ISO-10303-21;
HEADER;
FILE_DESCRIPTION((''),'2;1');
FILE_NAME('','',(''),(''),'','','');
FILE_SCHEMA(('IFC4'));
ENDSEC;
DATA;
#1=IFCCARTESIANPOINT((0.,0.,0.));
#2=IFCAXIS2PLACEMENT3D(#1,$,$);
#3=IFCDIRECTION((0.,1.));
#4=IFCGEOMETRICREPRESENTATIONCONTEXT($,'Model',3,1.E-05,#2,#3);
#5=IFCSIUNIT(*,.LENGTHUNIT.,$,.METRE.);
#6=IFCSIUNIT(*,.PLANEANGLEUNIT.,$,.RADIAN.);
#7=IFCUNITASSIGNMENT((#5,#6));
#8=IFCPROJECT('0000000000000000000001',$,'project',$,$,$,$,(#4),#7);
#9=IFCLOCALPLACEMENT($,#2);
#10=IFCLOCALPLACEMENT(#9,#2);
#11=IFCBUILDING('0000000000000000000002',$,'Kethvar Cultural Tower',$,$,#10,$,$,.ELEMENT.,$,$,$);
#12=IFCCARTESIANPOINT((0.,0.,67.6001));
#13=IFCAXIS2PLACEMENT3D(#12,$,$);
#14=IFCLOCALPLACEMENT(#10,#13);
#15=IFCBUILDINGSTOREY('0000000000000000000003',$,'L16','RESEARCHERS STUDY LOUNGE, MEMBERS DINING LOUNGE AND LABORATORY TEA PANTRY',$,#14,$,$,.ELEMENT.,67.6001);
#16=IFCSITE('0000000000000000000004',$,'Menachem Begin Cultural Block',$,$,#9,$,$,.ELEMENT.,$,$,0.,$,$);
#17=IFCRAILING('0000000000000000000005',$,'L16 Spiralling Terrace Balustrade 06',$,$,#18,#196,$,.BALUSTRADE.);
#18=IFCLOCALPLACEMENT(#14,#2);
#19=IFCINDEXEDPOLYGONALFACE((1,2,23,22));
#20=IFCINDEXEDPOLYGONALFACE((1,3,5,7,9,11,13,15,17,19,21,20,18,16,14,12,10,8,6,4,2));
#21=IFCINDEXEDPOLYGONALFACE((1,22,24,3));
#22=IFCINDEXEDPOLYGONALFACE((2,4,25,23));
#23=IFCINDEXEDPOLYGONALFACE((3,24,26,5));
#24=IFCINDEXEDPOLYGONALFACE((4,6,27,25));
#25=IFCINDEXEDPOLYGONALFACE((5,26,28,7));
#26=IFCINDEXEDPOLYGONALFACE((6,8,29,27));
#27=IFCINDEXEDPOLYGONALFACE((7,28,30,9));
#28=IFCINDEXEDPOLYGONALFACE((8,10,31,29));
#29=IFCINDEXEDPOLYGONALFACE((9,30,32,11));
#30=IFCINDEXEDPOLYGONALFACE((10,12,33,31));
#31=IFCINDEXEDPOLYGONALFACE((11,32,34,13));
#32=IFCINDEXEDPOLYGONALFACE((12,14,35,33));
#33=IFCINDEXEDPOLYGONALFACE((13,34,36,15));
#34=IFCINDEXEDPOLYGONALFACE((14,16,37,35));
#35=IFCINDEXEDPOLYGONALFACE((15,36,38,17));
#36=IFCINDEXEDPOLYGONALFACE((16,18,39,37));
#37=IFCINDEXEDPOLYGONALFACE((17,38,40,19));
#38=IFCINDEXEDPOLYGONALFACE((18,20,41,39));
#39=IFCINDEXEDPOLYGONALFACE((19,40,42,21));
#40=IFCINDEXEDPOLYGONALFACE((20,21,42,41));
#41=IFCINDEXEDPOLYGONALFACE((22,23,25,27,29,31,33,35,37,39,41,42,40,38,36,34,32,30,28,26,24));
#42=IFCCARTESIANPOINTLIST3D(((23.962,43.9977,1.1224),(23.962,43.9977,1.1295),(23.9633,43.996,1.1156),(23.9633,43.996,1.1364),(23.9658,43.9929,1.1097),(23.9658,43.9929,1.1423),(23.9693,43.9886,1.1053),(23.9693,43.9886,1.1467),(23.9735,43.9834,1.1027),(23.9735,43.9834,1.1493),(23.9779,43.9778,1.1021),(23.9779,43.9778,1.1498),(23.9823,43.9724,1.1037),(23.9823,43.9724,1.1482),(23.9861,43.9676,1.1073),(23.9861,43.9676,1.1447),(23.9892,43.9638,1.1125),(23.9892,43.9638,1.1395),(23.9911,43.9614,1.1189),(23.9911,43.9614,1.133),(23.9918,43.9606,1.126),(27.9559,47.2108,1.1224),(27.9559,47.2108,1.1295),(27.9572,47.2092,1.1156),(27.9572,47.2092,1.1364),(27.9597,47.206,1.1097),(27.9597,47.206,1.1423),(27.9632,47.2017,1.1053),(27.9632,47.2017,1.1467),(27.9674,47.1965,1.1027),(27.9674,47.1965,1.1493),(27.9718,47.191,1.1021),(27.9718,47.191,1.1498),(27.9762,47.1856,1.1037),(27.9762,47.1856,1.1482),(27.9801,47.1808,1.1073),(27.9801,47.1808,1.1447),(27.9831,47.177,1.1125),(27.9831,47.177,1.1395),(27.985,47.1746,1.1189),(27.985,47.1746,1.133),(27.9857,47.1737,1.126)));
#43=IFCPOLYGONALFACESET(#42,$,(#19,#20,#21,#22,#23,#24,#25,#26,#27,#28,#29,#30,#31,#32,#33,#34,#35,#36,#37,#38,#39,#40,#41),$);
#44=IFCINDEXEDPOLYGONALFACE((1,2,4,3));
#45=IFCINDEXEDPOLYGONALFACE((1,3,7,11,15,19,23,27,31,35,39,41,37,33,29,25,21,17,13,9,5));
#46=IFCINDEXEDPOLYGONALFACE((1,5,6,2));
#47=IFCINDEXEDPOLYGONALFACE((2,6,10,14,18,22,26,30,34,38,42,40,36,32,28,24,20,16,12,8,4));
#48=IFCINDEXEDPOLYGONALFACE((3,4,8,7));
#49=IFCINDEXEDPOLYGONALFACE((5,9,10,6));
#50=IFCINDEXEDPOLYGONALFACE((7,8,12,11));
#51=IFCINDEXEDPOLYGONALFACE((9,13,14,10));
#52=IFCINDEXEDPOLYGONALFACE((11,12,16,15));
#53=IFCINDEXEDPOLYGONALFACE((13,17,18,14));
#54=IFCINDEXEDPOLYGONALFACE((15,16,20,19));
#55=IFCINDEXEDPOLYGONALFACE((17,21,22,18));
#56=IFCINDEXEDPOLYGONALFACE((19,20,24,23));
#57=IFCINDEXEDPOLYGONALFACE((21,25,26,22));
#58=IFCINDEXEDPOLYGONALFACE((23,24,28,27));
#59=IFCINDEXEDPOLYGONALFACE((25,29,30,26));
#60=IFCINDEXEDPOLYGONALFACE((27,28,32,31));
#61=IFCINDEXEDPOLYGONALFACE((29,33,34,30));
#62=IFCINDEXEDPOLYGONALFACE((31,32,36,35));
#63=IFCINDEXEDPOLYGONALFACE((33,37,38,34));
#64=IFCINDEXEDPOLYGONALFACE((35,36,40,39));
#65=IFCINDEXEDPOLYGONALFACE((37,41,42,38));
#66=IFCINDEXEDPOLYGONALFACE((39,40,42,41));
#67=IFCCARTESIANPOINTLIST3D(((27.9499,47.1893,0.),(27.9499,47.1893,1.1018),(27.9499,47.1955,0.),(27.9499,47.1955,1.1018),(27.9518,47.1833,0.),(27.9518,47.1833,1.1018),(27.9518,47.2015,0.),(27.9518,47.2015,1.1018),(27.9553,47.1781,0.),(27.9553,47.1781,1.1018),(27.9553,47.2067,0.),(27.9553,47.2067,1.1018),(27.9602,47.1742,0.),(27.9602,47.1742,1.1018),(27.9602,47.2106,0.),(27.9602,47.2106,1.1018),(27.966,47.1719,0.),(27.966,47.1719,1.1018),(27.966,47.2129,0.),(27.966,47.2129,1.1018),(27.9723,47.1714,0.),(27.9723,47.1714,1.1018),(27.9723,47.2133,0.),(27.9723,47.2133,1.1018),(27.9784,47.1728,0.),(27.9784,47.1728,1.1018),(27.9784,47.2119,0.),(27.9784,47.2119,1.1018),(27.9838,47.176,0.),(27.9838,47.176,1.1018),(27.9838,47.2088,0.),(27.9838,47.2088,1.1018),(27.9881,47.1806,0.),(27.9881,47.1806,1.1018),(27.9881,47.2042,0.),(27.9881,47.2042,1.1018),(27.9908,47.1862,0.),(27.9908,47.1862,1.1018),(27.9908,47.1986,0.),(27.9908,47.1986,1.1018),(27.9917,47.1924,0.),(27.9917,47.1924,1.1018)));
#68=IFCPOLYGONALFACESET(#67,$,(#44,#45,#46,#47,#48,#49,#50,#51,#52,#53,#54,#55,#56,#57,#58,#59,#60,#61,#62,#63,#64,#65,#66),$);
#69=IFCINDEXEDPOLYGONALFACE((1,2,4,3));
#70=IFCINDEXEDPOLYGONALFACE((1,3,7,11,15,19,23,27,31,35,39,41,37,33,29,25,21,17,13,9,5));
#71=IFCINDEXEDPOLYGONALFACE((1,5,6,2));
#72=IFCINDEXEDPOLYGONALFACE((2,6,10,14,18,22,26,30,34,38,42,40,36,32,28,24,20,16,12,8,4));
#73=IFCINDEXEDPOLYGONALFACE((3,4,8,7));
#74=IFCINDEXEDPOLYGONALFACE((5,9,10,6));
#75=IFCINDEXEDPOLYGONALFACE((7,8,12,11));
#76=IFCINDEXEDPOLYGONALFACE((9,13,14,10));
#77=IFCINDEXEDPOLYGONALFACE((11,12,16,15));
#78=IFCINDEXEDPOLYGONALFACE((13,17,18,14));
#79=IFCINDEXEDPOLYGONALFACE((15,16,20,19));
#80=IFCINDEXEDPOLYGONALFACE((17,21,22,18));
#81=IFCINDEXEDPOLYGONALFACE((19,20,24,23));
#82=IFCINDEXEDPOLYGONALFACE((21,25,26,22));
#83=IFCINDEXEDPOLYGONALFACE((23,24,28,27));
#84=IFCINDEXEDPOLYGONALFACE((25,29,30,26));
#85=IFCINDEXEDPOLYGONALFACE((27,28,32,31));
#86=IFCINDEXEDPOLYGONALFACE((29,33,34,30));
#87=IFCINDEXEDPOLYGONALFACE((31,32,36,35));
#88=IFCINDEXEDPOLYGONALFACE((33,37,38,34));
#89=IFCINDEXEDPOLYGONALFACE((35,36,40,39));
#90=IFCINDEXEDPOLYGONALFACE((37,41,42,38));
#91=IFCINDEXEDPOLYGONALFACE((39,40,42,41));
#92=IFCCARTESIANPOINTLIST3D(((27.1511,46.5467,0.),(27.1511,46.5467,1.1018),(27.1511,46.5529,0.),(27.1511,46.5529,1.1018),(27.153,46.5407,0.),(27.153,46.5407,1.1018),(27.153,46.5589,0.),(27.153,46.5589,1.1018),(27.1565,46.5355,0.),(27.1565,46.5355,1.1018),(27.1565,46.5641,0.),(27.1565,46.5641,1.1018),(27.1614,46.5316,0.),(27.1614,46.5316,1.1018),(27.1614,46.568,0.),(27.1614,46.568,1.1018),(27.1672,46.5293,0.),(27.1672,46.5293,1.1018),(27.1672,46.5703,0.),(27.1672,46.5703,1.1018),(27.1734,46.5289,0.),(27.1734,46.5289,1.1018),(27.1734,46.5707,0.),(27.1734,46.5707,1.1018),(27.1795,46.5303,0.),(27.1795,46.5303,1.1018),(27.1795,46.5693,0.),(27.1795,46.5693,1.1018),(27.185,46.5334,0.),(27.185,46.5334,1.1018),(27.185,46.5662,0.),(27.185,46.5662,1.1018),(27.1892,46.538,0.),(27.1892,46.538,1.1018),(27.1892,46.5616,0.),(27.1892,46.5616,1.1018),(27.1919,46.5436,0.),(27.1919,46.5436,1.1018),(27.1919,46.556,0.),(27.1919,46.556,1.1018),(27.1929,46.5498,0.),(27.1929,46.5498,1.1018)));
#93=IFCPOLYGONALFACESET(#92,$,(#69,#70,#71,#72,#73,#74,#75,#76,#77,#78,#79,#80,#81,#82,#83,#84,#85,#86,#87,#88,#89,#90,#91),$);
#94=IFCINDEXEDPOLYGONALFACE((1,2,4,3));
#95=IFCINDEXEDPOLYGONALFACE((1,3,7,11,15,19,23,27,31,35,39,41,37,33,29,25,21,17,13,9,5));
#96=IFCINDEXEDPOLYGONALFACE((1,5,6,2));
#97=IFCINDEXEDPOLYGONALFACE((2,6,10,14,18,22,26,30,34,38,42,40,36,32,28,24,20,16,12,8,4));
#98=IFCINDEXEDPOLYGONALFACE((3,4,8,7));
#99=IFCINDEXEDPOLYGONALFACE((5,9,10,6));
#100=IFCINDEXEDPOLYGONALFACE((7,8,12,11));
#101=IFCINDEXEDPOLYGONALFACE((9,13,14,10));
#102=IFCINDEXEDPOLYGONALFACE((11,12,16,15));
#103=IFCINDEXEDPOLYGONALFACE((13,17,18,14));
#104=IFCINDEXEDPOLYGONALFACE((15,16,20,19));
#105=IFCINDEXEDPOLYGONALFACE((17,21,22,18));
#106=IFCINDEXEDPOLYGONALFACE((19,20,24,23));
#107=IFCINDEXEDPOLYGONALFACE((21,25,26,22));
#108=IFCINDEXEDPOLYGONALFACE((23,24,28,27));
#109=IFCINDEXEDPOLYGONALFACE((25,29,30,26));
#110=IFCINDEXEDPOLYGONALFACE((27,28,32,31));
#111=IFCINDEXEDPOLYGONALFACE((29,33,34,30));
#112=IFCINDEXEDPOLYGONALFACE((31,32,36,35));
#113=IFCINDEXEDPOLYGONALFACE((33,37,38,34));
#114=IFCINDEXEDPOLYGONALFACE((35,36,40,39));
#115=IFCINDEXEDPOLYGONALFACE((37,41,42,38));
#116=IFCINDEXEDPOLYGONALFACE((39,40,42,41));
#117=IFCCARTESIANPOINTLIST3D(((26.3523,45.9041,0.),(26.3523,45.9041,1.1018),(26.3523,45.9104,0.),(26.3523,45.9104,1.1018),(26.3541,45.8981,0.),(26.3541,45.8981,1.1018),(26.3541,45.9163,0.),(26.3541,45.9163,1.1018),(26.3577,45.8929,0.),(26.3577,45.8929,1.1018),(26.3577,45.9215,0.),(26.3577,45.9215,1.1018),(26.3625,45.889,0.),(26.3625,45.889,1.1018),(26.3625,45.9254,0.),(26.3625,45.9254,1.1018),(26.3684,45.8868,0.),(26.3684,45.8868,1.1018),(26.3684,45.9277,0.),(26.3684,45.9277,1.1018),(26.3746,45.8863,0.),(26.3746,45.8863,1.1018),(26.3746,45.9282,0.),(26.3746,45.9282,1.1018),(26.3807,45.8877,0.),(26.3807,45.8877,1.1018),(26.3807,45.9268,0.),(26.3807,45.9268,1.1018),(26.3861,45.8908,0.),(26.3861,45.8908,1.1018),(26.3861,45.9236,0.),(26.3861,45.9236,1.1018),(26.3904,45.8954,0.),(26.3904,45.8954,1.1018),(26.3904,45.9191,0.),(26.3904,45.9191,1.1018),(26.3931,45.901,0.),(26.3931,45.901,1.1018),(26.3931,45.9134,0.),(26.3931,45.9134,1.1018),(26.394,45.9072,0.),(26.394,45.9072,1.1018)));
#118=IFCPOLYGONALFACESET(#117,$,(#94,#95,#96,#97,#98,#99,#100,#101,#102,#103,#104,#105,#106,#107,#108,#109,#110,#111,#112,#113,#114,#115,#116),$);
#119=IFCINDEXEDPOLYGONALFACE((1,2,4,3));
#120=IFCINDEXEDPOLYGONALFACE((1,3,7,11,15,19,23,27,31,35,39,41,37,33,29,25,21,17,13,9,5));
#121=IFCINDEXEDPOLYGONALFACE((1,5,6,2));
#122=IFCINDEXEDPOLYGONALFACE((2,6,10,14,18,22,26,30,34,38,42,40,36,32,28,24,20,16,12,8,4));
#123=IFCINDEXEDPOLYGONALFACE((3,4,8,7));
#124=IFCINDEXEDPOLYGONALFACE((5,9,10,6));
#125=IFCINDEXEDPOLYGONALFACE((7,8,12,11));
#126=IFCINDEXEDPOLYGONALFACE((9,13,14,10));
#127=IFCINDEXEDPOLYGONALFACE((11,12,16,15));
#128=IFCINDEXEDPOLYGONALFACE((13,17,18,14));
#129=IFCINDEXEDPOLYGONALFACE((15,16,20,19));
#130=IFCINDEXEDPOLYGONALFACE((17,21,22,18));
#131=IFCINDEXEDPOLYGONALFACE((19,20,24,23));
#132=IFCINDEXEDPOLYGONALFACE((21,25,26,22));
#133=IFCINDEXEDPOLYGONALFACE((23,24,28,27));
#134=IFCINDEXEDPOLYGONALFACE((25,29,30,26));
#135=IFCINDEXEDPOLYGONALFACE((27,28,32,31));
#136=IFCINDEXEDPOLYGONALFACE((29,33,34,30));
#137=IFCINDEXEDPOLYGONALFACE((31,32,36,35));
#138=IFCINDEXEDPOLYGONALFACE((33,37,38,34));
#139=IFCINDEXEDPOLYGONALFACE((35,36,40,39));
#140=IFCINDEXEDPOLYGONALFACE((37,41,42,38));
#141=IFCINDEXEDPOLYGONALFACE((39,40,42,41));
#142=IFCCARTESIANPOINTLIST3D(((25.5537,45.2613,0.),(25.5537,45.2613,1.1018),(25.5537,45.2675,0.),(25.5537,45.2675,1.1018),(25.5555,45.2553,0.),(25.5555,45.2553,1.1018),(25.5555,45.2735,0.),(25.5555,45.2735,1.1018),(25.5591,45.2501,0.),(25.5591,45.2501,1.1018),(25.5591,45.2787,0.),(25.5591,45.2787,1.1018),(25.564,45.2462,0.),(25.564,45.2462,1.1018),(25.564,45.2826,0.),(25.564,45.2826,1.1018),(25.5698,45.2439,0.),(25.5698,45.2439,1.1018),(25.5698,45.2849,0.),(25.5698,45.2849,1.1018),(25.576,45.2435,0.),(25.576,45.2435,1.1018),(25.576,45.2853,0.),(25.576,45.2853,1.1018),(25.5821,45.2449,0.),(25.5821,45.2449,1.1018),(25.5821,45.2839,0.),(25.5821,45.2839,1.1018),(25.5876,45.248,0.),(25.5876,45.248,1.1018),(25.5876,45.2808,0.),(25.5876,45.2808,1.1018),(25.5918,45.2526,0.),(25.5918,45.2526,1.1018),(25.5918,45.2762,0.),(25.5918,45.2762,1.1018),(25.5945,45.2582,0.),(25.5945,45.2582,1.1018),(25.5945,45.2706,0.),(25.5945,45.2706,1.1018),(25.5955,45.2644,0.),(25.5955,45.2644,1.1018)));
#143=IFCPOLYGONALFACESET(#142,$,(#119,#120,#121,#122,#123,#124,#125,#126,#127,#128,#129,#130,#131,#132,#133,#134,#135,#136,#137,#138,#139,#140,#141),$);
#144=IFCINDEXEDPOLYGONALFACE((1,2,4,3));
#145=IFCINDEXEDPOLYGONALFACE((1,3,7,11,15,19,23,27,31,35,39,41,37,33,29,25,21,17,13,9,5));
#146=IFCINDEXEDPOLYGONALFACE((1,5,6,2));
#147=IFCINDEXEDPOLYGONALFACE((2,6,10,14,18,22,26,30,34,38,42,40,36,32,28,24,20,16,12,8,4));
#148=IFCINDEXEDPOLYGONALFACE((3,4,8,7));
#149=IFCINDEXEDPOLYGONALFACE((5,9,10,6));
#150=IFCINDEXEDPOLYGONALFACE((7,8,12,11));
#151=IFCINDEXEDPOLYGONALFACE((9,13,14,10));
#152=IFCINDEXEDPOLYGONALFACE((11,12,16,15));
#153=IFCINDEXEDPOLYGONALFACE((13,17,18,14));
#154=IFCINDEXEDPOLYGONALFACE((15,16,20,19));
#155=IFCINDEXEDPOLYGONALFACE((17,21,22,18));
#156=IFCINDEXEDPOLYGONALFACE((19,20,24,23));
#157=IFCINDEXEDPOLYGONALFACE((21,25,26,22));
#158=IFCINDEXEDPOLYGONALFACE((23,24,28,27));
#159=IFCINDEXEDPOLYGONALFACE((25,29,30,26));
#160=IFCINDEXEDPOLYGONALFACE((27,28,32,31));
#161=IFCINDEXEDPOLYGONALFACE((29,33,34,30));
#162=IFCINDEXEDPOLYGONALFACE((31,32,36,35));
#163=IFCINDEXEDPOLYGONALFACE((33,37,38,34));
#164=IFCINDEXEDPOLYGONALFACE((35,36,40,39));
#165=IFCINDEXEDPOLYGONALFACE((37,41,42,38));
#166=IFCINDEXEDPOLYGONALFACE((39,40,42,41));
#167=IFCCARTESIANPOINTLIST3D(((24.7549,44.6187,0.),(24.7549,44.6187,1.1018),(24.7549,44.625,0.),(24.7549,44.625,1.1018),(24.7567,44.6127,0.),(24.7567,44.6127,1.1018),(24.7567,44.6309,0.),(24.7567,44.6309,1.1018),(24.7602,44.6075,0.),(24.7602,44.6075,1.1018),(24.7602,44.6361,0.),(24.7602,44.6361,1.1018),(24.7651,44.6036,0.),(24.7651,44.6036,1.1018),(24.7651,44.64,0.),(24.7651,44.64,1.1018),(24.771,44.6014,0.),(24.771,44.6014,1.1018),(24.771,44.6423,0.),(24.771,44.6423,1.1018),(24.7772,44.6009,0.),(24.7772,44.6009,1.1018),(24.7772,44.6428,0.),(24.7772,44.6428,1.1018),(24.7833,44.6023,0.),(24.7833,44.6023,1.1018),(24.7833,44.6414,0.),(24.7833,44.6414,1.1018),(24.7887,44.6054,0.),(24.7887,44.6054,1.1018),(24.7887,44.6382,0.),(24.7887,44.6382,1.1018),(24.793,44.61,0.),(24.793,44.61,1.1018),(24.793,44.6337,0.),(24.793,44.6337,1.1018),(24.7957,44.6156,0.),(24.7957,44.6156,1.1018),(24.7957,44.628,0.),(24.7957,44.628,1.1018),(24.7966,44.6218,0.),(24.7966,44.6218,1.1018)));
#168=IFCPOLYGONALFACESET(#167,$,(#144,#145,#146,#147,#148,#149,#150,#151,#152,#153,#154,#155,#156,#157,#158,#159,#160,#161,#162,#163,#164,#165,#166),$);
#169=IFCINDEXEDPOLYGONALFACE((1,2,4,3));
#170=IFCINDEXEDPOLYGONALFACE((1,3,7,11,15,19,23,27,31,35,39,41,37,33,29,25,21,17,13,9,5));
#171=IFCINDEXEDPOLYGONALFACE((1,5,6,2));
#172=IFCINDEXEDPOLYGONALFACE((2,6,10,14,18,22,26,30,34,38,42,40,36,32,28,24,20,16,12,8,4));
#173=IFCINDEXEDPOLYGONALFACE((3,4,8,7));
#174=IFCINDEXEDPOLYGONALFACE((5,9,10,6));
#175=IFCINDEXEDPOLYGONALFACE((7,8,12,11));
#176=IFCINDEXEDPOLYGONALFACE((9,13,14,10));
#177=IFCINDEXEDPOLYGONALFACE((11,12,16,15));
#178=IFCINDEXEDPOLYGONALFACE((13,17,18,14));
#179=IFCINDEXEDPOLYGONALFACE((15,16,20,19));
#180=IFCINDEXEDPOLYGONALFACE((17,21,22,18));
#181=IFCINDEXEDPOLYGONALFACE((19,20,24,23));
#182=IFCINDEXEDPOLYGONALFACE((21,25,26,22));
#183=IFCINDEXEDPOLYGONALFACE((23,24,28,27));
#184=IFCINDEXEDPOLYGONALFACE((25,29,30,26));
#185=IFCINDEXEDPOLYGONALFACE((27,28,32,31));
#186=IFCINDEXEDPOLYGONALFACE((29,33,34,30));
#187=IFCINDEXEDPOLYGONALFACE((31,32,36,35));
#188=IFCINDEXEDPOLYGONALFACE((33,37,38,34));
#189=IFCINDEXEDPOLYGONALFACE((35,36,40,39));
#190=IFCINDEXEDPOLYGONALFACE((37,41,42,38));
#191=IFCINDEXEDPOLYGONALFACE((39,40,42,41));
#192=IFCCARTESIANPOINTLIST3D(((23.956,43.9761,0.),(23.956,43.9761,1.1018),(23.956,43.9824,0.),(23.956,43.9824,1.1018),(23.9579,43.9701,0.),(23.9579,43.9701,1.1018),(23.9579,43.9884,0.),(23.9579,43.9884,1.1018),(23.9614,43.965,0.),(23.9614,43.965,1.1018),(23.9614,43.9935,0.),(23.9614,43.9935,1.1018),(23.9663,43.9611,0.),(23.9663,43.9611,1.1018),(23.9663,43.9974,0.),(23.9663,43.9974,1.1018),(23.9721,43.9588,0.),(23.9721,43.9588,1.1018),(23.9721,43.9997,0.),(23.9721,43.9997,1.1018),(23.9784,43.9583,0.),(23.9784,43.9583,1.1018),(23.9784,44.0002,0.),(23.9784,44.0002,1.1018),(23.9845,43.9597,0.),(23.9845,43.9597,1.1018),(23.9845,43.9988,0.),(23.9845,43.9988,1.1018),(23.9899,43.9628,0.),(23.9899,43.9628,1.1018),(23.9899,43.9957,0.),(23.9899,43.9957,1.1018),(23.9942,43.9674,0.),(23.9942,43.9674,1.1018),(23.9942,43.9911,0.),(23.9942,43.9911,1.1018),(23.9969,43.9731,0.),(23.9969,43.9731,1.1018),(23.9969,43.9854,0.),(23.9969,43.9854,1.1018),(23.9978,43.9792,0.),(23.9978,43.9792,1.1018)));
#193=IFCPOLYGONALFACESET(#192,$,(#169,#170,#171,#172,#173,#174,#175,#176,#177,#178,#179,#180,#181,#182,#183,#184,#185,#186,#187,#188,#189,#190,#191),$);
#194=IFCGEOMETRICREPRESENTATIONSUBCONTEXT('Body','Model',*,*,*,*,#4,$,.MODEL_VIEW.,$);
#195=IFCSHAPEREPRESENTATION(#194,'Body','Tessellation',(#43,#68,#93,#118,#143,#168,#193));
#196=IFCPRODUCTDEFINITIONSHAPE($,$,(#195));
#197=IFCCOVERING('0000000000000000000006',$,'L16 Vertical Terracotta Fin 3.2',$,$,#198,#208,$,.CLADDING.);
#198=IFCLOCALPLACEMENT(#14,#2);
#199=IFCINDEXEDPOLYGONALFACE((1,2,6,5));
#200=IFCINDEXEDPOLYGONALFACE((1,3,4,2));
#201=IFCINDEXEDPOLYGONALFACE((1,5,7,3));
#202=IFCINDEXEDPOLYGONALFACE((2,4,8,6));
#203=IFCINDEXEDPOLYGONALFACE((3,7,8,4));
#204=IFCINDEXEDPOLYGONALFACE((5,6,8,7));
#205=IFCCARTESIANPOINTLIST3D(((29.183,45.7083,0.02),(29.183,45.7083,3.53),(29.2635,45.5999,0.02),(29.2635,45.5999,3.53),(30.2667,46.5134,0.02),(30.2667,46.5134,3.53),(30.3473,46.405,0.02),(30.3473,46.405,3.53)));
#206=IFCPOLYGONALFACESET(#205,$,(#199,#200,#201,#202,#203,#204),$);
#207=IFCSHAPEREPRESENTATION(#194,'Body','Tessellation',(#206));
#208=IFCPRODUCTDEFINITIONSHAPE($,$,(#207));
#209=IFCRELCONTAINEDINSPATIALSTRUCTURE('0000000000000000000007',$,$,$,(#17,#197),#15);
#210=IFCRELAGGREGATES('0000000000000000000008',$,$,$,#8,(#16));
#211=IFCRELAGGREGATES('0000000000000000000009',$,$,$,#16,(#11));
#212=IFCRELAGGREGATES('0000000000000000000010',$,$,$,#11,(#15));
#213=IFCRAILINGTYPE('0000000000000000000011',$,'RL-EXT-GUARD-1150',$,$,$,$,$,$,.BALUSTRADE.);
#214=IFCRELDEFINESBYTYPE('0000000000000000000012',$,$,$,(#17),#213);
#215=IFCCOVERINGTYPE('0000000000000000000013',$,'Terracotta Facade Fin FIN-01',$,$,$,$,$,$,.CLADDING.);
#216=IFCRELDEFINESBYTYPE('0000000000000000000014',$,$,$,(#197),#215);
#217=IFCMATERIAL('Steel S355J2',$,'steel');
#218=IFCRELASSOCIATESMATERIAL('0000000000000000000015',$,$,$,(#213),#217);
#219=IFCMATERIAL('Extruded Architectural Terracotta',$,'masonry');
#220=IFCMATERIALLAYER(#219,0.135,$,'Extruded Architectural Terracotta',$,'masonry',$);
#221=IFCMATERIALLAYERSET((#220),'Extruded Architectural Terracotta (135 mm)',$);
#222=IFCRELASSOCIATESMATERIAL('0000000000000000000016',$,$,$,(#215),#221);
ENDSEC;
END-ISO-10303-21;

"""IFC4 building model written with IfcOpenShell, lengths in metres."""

from ifc_helpers import new_model, si_unit, direction, frame, origin, origin_2d, place, context, subcontext, project, spatial, rectangle, circle, extrude, source, transform, mapped, material, layer, layer_set, type_object, element, save


model = new_model("IFC4")

# Units and contexts
model_context = context("Model", 3, precision=1e-05, world=origin(), true_north=direction((0.0, 1.0)))
body_context = subcontext(model_context, "Body", "Model", "MODEL_VIEW")
ifc_project = project(units=[si_unit("LENGTHUNIT", "METRE"), si_unit("PLANEANGLEUNIT", "RADIAN")], contexts=[model_context])

# Site, building, storey
site_placement = place(None, origin())
site = spatial("IfcSite", under=ifc_project, at=site_placement, Name="Menachem Begin Cultural Block", CompositionType="ELEMENT", RefElevation=0.0)
building_placement = place(site_placement, origin())
building = spatial("IfcBuilding", under=site, at=building_placement, Name="Kethvar Cultural Tower", CompositionType="ELEMENT")
storey_placement = place(building_placement, frame((0.0, 0.0, 67.6001)))
storey = spatial("IfcBuildingStorey", under=building, at=storey_placement, Name="L16", Description="RESEARCHERS STUDY LOUNGE, MEMBERS DINING LOUNGE AND LABORATORY TEA PANTRY", CompositionType="ELEMENT", Elevation=67.6001)

# Shared definitions
ifc_material_1 = material(Name="Steel S355J2", Category="steel")

# Railing
railing_type = type_object("IfcRailingType", Name="RL-EXT-GUARD-1150", PredefinedType="BALUSTRADE", material=ifc_material_1)
railing_1_placement = place(storey_placement, frame((27.9707, 47.1924, 0.0)))
element("IfcRailing", 1, at=railing_1_placement, inside=storey, type_object=railing_type, Name="L16 Spiralling Terrace Balustrade 06", PredefinedType="BALUSTRADE", context=body_context, shape_type="SweptSolid", body=[
    extrude(circle(Radius=0.0239, at=origin_2d()), frame((0.0, 0.0, 1.126), z_axis=(-0.779151, -0.626836, 0.0), x_axis=(0.626836, -0.779151, 0.0)), (0.0, 0.0, 1.0), 5.126),
    extrude(circle(Radius=0.021, at=origin_2d()), origin(), (0.0, 0.0, 1.0), 1.1018),
    extrude(circle(Radius=0.021, at=origin_2d()), frame((-0.7988, -0.6426, 0.0)), (0.0, 0.0, 1.0), 1.1018),
    extrude(circle(Radius=0.021, at=origin_2d()), frame((-1.5977, -1.2852, 0.0)), (0.0, 0.0, 1.0), 1.1018),
    extrude(circle(Radius=0.021, at=origin_2d()), frame((-2.3962, -1.928, 0.0)), (0.0, 0.0, 1.0), 1.1018),
    extrude(circle(Radius=0.021, at=origin_2d()), frame((-3.1951, -2.5706, 0.0)), (0.0, 0.0, 1.0), 1.1018),
    extrude(circle(Radius=0.021, at=origin_2d()), frame((-3.9939, -3.2131, 0.0)), (0.0, 0.0, 1.0), 1.1018),
])

# Covering
ifc_material_2 = material(Name="Extruded Architectural Terracotta", Category="masonry")
ifc_layer_1 = layer(ifc_material_2, 0.135, Name="Extruded Architectural Terracotta", Category="masonry")
ifc_layer_set_1 = layer_set([ifc_layer_1], Name="Extruded Architectural Terracotta (135 mm)")
covering_type_1 = type_object("IfcCoveringType", Name="Terracotta Facade Fin FIN-01", PredefinedType="CLADDING", material=ifc_layer_set_1)
shared_shape_1 = source(origin(), body_context, "Body", "SweptSolid", [
    extrude(rectangle(XDim=1.3501, YDim=0.135, at=origin_2d()), origin(), (0.0, 0.0, 1.0), 3.51),
])
for number, where, z_axis, x_axis, name in (
    (2, (29.7651, 46.0566, 0.02), (0.0, 0.0, 1.0), (0.802713, 0.596365, 0.0), "L16 Vertical Terracotta Fin 3.2"),
):
    element("IfcCovering", number, at=place(storey_placement, frame(where, z_axis=z_axis, x_axis=x_axis)), inside=storey, type_object=covering_type_1, Name=name, PredefinedType="CLADDING", context=body_context, shape_type="MappedRepresentation", body=[
        mapped(shared_shape_1, transform((0.0, 0.0, 0.0), scale=1.0)),
    ])

save(model, "model.ifc")
